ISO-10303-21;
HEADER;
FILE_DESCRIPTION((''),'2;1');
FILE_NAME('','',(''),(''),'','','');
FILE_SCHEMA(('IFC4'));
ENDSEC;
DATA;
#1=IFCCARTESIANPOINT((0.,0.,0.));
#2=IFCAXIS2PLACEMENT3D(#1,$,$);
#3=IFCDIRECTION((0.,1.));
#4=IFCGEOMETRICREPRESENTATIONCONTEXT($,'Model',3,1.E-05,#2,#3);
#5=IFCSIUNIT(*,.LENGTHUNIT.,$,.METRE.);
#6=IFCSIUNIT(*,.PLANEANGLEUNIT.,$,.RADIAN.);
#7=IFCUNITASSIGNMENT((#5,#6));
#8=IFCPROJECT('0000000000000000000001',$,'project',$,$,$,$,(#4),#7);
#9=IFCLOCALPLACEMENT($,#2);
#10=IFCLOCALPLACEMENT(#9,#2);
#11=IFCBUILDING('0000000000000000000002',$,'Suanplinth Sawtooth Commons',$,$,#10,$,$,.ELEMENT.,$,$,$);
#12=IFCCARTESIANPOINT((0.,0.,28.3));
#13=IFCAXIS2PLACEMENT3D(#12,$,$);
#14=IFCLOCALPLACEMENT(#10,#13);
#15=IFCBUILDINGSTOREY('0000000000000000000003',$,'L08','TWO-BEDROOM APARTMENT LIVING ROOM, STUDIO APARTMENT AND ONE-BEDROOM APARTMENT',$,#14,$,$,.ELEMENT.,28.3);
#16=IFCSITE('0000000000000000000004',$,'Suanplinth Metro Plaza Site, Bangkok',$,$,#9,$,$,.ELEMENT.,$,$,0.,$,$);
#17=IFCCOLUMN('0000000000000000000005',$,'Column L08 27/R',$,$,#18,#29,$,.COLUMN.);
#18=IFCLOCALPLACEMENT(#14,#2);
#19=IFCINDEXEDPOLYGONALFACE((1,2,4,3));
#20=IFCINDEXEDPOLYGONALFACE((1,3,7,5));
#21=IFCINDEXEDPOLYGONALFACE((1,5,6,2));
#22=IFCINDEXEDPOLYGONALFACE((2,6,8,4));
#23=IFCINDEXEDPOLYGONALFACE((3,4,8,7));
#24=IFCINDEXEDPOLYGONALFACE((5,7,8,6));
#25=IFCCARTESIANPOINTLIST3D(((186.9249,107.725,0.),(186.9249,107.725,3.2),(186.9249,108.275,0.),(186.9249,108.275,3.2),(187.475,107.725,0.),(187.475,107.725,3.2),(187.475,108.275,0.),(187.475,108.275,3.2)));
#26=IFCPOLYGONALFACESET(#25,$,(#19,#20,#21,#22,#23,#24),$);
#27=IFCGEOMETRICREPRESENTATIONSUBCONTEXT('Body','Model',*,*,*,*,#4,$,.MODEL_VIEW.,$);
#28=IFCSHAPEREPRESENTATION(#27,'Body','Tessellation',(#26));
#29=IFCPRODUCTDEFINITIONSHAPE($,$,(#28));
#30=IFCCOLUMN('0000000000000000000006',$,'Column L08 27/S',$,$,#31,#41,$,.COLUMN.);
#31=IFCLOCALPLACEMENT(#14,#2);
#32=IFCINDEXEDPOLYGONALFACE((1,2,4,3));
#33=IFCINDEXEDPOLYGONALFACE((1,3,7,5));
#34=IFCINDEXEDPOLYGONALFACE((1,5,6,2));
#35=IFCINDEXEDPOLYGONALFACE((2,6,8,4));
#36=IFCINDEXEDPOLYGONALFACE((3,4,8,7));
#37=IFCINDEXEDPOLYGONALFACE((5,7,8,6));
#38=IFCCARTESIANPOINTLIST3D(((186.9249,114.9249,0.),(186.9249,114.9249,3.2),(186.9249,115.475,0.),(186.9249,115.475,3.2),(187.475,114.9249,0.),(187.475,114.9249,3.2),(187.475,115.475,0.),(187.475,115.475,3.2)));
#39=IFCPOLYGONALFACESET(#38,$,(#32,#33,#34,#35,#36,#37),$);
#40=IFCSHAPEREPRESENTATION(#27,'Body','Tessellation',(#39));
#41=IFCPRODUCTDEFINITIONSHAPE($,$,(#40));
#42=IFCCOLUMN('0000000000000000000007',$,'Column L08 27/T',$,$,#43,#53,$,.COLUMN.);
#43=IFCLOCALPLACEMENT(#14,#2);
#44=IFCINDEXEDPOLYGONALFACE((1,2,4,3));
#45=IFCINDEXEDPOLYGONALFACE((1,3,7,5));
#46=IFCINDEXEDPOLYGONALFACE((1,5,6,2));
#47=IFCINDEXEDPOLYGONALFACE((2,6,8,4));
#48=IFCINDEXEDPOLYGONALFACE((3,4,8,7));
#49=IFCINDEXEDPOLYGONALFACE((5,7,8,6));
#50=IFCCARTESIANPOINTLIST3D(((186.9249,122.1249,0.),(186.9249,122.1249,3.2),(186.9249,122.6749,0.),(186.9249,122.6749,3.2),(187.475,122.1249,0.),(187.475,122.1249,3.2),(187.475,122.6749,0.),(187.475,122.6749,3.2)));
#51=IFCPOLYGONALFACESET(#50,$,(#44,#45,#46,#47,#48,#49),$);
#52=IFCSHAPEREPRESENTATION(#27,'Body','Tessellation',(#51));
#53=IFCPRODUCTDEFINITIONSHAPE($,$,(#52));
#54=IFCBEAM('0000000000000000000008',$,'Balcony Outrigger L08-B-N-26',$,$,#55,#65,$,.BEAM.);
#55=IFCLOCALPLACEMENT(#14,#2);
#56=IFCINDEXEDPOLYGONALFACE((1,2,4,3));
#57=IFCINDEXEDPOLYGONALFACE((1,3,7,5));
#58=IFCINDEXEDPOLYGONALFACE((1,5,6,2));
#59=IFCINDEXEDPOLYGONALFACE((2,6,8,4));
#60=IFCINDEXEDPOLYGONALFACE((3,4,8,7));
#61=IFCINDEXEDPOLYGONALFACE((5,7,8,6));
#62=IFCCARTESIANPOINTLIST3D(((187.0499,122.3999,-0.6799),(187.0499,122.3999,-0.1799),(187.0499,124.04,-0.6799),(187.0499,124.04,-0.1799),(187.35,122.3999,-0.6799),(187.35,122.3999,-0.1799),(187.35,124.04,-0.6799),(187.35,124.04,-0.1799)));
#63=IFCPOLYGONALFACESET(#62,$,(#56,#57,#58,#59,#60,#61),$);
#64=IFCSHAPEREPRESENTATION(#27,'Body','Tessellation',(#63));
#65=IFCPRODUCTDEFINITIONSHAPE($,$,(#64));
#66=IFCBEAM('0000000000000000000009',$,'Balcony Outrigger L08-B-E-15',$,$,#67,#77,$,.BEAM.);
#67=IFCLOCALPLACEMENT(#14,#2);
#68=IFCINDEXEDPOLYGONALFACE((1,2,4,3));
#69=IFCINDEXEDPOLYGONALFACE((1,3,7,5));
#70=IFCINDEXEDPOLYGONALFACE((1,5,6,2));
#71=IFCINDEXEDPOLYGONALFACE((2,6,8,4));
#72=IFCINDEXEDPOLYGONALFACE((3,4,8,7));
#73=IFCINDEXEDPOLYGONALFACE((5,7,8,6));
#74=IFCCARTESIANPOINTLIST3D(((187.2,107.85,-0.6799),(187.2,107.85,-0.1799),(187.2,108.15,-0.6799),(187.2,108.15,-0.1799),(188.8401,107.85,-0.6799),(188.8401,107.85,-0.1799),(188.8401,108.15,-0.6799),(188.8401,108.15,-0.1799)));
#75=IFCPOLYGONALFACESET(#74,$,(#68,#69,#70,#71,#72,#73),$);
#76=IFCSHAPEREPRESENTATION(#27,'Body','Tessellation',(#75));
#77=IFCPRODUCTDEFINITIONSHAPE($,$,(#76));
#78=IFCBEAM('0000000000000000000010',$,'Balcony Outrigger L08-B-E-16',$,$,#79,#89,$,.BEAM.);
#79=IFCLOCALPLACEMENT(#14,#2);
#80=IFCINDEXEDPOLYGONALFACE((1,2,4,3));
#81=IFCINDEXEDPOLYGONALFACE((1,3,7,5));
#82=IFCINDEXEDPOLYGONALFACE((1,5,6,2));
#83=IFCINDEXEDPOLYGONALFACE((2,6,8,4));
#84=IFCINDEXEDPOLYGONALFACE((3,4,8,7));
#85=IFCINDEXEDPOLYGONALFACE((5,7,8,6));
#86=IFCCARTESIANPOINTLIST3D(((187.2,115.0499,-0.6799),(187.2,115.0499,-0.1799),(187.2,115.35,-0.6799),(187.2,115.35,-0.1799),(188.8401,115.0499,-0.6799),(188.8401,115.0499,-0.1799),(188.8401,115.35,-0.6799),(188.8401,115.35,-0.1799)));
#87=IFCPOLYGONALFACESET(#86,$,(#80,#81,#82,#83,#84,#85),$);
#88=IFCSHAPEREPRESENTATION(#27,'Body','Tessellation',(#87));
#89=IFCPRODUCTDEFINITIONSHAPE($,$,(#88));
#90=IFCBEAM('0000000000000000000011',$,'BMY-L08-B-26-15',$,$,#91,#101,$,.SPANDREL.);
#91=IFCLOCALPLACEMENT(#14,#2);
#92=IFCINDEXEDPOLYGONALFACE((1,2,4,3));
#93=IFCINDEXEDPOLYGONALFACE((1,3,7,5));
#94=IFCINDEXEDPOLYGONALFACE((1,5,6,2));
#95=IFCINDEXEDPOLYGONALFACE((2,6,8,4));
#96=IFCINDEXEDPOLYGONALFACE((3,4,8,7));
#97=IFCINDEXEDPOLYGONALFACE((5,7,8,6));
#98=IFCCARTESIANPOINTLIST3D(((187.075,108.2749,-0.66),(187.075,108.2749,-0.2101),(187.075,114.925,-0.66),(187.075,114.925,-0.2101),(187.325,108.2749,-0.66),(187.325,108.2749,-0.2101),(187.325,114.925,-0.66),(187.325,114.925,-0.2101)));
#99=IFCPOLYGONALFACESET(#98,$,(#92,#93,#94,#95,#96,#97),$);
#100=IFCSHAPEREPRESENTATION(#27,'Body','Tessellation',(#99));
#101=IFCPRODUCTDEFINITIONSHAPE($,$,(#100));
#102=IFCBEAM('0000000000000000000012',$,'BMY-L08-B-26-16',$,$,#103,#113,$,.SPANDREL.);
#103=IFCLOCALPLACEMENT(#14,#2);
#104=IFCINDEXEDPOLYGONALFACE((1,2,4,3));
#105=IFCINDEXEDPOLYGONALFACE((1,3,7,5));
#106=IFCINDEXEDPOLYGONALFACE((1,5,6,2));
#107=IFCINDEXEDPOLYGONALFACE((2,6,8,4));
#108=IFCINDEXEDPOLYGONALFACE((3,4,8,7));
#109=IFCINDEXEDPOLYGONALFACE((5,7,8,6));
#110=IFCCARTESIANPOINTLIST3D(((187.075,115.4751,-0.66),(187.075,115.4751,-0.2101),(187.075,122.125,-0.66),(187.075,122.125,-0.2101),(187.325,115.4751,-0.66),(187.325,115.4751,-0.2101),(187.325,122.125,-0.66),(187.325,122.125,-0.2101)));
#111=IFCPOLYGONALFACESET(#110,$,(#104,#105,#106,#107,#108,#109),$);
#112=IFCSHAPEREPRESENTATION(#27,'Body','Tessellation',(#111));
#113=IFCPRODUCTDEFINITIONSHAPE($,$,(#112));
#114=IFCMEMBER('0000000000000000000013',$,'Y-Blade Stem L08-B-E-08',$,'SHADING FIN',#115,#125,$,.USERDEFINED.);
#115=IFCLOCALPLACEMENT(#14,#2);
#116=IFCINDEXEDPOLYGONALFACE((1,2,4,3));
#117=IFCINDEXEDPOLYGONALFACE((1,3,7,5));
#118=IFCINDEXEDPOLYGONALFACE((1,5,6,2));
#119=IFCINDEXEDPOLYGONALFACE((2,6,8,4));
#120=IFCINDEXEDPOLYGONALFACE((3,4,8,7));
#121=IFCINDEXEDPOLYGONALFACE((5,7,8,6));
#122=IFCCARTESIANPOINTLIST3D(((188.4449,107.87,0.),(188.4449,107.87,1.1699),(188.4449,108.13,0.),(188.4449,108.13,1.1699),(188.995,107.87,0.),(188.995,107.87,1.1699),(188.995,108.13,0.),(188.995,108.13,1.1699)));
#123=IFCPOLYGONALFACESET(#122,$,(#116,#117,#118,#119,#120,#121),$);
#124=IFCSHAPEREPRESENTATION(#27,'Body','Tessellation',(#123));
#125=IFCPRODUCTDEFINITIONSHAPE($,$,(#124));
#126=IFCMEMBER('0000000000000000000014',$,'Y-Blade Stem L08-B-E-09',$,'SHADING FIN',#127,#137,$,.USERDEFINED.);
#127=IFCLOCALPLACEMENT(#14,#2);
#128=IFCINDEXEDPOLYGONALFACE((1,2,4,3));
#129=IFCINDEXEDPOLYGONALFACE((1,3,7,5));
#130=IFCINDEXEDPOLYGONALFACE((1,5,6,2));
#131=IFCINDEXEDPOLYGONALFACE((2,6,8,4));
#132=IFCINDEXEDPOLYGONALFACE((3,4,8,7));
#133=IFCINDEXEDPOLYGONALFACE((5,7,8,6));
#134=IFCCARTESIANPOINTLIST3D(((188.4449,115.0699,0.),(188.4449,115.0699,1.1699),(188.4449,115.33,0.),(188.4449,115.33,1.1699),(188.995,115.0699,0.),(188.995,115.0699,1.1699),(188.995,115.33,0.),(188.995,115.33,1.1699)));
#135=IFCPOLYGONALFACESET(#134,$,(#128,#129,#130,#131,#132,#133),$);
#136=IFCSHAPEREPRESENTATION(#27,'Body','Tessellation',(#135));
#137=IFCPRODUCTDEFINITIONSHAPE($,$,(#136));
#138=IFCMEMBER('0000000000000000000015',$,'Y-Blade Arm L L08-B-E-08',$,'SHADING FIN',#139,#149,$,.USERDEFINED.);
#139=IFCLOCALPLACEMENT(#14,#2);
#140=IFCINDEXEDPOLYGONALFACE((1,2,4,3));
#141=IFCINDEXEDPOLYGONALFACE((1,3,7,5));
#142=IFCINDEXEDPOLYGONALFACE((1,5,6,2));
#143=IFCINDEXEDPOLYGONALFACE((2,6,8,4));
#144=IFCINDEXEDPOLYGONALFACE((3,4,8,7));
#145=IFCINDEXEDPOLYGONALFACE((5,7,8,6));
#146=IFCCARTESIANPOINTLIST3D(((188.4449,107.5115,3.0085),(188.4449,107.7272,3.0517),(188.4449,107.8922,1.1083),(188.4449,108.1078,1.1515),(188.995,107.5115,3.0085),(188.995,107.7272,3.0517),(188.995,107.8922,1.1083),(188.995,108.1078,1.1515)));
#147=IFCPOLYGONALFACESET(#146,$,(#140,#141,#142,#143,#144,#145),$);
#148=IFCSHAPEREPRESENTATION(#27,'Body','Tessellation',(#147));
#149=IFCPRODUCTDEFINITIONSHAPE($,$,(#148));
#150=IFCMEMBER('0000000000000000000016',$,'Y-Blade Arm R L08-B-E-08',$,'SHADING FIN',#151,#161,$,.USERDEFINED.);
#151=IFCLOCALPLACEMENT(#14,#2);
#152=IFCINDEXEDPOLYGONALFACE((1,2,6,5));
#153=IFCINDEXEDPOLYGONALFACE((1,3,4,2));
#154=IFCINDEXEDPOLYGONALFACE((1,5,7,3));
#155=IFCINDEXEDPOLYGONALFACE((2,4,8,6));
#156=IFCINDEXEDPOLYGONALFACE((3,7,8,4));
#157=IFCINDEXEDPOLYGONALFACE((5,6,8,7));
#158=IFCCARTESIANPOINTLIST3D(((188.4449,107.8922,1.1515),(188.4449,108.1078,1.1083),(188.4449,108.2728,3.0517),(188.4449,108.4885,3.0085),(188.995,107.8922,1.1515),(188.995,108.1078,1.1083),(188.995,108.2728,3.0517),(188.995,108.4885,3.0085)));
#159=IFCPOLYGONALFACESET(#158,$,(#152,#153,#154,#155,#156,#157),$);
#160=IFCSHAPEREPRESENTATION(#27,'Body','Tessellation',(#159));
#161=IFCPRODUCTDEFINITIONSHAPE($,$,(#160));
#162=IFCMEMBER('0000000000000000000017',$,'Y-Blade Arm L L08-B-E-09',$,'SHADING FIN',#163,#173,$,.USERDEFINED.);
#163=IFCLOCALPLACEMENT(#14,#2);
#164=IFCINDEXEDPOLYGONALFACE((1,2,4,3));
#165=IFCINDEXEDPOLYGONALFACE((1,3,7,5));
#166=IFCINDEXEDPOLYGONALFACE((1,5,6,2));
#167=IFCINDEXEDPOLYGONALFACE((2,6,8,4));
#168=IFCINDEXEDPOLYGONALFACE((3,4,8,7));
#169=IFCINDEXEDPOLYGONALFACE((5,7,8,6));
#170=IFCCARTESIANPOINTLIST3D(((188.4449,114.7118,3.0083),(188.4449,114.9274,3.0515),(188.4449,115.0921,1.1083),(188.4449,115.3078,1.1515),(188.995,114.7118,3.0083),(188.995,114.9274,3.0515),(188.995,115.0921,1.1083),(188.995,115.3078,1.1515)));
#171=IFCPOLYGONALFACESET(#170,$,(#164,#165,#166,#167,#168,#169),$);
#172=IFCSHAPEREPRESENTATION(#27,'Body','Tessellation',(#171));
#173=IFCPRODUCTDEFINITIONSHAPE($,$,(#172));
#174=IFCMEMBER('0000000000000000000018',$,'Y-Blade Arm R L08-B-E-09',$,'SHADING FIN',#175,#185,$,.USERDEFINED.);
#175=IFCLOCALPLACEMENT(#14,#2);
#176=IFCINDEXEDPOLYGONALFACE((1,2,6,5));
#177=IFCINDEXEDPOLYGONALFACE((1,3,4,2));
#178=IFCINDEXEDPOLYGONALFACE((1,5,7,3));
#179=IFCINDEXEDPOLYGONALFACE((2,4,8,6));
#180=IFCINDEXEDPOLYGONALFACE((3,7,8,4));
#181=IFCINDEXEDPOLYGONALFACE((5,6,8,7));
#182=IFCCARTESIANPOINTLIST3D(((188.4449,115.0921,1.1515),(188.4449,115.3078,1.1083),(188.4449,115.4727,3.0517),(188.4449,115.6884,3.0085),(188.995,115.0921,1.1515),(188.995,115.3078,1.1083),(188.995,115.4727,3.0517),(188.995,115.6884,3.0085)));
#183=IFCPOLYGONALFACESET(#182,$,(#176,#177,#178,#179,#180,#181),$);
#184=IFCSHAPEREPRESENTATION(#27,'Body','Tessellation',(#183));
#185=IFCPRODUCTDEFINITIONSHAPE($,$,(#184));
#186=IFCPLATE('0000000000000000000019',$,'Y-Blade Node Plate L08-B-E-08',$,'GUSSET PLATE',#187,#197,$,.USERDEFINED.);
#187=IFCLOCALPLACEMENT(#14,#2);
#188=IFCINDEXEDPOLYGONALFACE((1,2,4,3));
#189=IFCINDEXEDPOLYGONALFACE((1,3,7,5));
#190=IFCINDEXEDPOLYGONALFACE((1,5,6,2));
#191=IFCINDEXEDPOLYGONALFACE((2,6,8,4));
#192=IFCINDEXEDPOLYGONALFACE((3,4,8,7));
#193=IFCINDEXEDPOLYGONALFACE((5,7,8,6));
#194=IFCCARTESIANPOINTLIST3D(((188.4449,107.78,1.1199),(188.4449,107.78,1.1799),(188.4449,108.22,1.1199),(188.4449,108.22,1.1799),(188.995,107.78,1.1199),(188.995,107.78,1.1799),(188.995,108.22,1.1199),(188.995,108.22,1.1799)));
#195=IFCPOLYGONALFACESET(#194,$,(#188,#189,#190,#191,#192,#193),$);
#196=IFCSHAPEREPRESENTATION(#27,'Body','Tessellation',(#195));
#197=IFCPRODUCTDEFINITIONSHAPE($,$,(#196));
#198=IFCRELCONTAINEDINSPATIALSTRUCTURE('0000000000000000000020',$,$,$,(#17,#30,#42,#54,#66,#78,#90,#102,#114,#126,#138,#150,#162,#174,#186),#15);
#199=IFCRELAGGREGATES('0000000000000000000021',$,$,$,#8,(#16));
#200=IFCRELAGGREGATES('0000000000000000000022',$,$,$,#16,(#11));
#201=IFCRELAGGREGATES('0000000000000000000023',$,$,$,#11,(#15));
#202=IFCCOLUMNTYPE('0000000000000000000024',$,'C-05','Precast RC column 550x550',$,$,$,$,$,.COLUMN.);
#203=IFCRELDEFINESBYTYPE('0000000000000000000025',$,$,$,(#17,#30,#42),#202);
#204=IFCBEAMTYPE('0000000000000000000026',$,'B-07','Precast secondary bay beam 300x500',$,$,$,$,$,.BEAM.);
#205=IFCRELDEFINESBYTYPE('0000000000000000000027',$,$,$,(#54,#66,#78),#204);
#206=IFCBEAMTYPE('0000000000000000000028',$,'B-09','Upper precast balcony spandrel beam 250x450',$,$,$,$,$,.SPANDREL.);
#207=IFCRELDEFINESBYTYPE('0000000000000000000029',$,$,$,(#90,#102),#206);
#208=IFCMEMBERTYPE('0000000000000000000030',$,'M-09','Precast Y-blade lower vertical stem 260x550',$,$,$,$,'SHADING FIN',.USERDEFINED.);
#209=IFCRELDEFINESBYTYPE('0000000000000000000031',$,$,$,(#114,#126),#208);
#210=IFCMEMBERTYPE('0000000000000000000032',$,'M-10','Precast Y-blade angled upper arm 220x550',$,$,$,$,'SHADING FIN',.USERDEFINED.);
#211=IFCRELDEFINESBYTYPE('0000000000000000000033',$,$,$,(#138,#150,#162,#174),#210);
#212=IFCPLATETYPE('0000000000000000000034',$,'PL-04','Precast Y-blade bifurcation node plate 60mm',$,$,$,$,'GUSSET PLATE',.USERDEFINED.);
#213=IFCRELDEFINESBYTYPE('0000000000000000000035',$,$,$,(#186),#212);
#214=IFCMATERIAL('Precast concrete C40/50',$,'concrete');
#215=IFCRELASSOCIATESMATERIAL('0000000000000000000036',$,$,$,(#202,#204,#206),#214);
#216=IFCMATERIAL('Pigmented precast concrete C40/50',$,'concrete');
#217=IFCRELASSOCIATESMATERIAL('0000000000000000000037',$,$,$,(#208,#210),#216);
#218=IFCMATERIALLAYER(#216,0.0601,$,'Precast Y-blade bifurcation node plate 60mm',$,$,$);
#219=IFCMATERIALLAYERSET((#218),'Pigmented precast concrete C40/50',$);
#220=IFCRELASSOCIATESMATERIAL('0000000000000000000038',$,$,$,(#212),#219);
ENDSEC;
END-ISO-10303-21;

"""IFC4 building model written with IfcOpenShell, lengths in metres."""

from ifc_helpers import new_model, si_unit, direction, frame, origin, origin_2d, place, context, subcontext, project, spatial, rectangle, extrude, material, layer, layer_set, material_profile, profile_set, type_object, element, save


model = new_model("IFC4")

# Units and contexts
model_context = context("Model", 3, precision=1e-05, world=origin(), true_north=direction((0.0, 1.0)))
body_context = subcontext(model_context, "Body", "Model", "MODEL_VIEW")
ifc_project = project(units=[si_unit("LENGTHUNIT", "METRE"), si_unit("PLANEANGLEUNIT", "RADIAN")], contexts=[model_context])

# Site, building, storey
site_placement = place(None, origin())
site = spatial("IfcSite", under=ifc_project, at=site_placement, Name="Suanplinth Metro Plaza Site, Bangkok", CompositionType="ELEMENT", RefElevation=0.0)
building_placement = place(site_placement, origin())
building = spatial("IfcBuilding", under=site, at=building_placement, Name="Suanplinth Sawtooth Commons", CompositionType="ELEMENT")
storey_placement = place(building_placement, frame((0.0, 0.0, 28.3)))
storey = spatial("IfcBuildingStorey", under=building, at=storey_placement, Name="L08", Description="TWO-BEDROOM APARTMENT LIVING ROOM, STUDIO APARTMENT AND ONE-BEDROOM APARTMENT", CompositionType="ELEMENT", Elevation=28.3)

# Columns
ifc_material_1 = material(Name="Precast concrete C40/50", Category="concrete")
ifc_material_profile_1 = material_profile(ifc_material_1, rectangle(XDim=0.55, YDim=0.55, at=origin_2d()), Name="PC-COL 550x550")
ifc_profile_set_1 = profile_set([ifc_material_profile_1], Name="Precast concrete C40/50")
column_type = type_object("IfcColumnType", Name="C-05", Description="Precast RC column 550x550", PredefinedType="COLUMN", material=ifc_profile_set_1)
for number, where, z_axis, x_axis, name in (
    (1, (187.2, 108.0, 0.0), (0.0, 0.0, 1.0), (1.0, 0.0, 0.0), "Column L08 27/R"),
    (2, (187.2, 115.2, 0.0), (0.0, 0.0, 1.0), (1.0, 0.0, 0.0), "Column L08 27/S"),
    (3, (187.2, 122.3999, 0.0), (0.0, 0.0, 1.0), (1.0, 0.0, 0.0), "Column L08 27/T"),
):
    element("IfcColumn", number, at=place(storey_placement, frame(where, z_axis=z_axis, x_axis=x_axis)), inside=storey, type_object=column_type, Name=name, PredefinedType="COLUMN", context=body_context, shape_type="SweptSolid", body=[
        extrude(rectangle(XDim=0.55, YDim=0.55, at=origin_2d()), origin(), (0.0, 0.0, 1.0), 3.2),
    ])

# Beams
ifc_material_profile_2 = material_profile(ifc_material_1, rectangle(XDim=0.3, YDim=0.5, at=origin_2d()), Name="PC-BM 300x500")
ifc_profile_set_2 = profile_set([ifc_material_profile_2], Name="Precast concrete C40/50")
beam_type_1 = type_object("IfcBeamType", Name="B-07", Description="Precast secondary bay beam 300x500", PredefinedType="BEAM", material=ifc_profile_set_2)
for number, where, z_axis, x_axis, name in (
    (4, (187.2, 122.3999, -0.4299), (0.0, 1.0, 0.0), (-1.0, 0.0, 0.0), "Balcony Outrigger L08-B-N-26"),
    (5, (187.2, 108.0, -0.4299), (1.0, 0.0, 0.0), (0.0, 1.0, 0.0), "Balcony Outrigger L08-B-E-15"),
    (6, (187.2, 115.2, -0.4299), (1.0, 0.0, 0.0), (0.0, 1.0, 0.0), "Balcony Outrigger L08-B-E-16"),
):
    element("IfcBeam", number, at=place(storey_placement, frame(where, z_axis=z_axis, x_axis=x_axis)), inside=storey, type_object=beam_type_1, Name=name, PredefinedType="BEAM", context=body_context, shape_type="SweptSolid", body=[
        extrude(rectangle(XDim=0.3, YDim=0.5, at=origin_2d()), origin(), (0.0, 0.0, 1.0), 1.6401),
    ])
ifc_material_profile_3 = material_profile(ifc_material_1, rectangle(XDim=0.25, YDim=0.45, at=origin_2d()), Name="PC-SP 250x450")
ifc_profile_set_3 = profile_set([ifc_material_profile_3], Name="Precast concrete C40/50")
beam_type_2 = type_object("IfcBeamType", Name="B-09", Description="Upper precast balcony spandrel beam 250x450", PredefinedType="SPANDREL", material=ifc_profile_set_3)
beam_1_placement = place(storey_placement, frame((187.2, 108.2749, -0.4351), z_axis=(0.0, 1.0, 0.0), x_axis=(-1.0, 0.0, 0.0)))
element("IfcBeam", 7, at=beam_1_placement, inside=storey, type_object=beam_type_2, Name="BMY-L08-B-26-15", PredefinedType="SPANDREL", context=body_context, shape_type="SweptSolid", body=[
    extrude(rectangle(XDim=0.25, YDim=0.45, at=origin_2d()), origin(), (0.0, 0.0, 1.0), 6.6501),
])
beam_2_placement = place(storey_placement, frame((187.2, 115.4751, -0.4351), z_axis=(0.0, 1.0, 0.0), x_axis=(-1.0, 0.0, 0.0)))
element("IfcBeam", 8, at=beam_2_placement, inside=storey, type_object=beam_type_2, Name="BMY-L08-B-26-16", PredefinedType="SPANDREL", context=body_context, shape_type="SweptSolid", body=[
    extrude(rectangle(XDim=0.25, YDim=0.45, at=origin_2d()), origin(), (0.0, 0.0, 1.0), 6.6499),
])

# Members
ifc_material_2 = material(Name="Pigmented precast concrete C40/50", Category="concrete")
ifc_material_profile_4 = material_profile(ifc_material_2, rectangle(XDim=0.26, YDim=0.55, at=origin_2d()), Name="PC-FIN 260x550")
ifc_profile_set_4 = profile_set([ifc_material_profile_4], Name="Pigmented precast concrete C40/50")
member_type_1 = type_object("IfcMemberType", Name="M-09", Description="Precast Y-blade lower vertical stem 260x550", ElementType="SHADING FIN", PredefinedType="USERDEFINED", material=ifc_profile_set_4)
for number, where, z_axis, x_axis, name in (
    (9, (188.72, 108.0, 0.0), (0.0, 0.0, 1.0), (0.0, 1.0, 0.0), "Y-Blade Stem L08-B-E-08"),
    (10, (188.72, 115.2, 0.0), (0.0, 0.0, 1.0), (0.0, 1.0, 0.0), "Y-Blade Stem L08-B-E-09"),
):
    element("IfcMember", number, at=place(storey_placement, frame(where, z_axis=z_axis, x_axis=x_axis)), inside=storey, type_object=member_type_1, Name=name, ObjectType="SHADING FIN", PredefinedType="USERDEFINED", context=body_context, shape_type="SweptSolid", body=[
        extrude(rectangle(XDim=0.26, YDim=0.55, at=origin_2d()), origin(), (0.0, 0.0, 1.0), 1.1699),
    ])
ifc_material_profile_5 = material_profile(ifc_material_2, rectangle(XDim=0.22, YDim=0.55, at=origin_2d()), Name="PC-FIN 220x550")
ifc_profile_set_5 = profile_set([ifc_material_profile_5], Name="Pigmented precast concrete C40/50")
member_type_2 = type_object("IfcMemberType", Name="M-10", Description="Precast Y-blade angled upper arm 220x550", ElementType="SHADING FIN", PredefinedType="USERDEFINED", material=ifc_profile_set_5)
for number, where, z_axis, x_axis, name in (
    (11, (188.72, 108.0, 1.1299), (0.0, -0.196407, 0.980522), (0.0, 0.980522, 0.196407), "Y-Blade Arm L L08-B-E-08"),
    (12, (188.72, 108.0, 1.1299), (0.0, 0.196407, 0.980522), (0.0, -0.980522, 0.196407), "Y-Blade Arm R L08-B-E-08"),
):
    element("IfcMember", number, at=place(storey_placement, frame(where, z_axis=z_axis, x_axis=x_axis)), inside=storey, type_object=member_type_2, Name=name, ObjectType="SHADING FIN", PredefinedType="USERDEFINED", context=body_context, shape_type="SweptSolid", body=[
        extrude(rectangle(XDim=0.22, YDim=0.55, at=origin_2d()), origin(), (0.0, 0.0, 1.0), 1.938),
    ])
member_1_placement = place(storey_placement, frame((188.72, 115.2, 1.1299), z_axis=(0.0, -0.196286, 0.980547), x_axis=(0.0, 0.980547, 0.196286)))
element("IfcMember", 13, at=member_1_placement, inside=storey, type_object=member_type_2, Name="Y-Blade Arm L L08-B-E-09", ObjectType="SHADING FIN", PredefinedType="USERDEFINED", context=body_context, shape_type="SweptSolid", body=[
    extrude(rectangle(XDim=0.22, YDim=0.55, at=origin_2d()), origin(), (0.0, 0.0, 1.0), 1.9377),
])
member_2_placement = place(storey_placement, frame((188.72, 115.2, 1.1299), z_axis=(0.0, 0.196407, 0.980522), x_axis=(0.0, -0.980522, 0.196407)))
element("IfcMember", 14, at=member_2_placement, inside=storey, type_object=member_type_2, Name="Y-Blade Arm R L08-B-E-09", ObjectType="SHADING FIN", PredefinedType="USERDEFINED", context=body_context, shape_type="SweptSolid", body=[
    extrude(rectangle(XDim=0.22, YDim=0.55, at=origin_2d()), origin(), (0.0, 0.0, 1.0), 1.938),
])

# Plate
ifc_layer_1 = layer(ifc_material_2, 0.0601, Name="Precast Y-blade bifurcation node plate 60mm")
ifc_layer_set_1 = layer_set([ifc_layer_1], Name="Pigmented precast concrete C40/50")
plate_type = type_object("IfcPlateType", Name="PL-04", Description="Precast Y-blade bifurcation node plate 60mm", ElementType="GUSSET PLATE", PredefinedType="USERDEFINED", material=ifc_layer_set_1)
for number, where, z_axis, x_axis, name in (
    (15, (188.72, 108.0, 1.1199), (0.0, 0.0, 1.0), (0.0, 1.0, 0.0), "Y-Blade Node Plate L08-B-E-08"),
):
    element("IfcPlate", number, at=place(storey_placement, frame(where, z_axis=z_axis, x_axis=x_axis)), inside=storey, type_object=plate_type, Name=name, ObjectType="GUSSET PLATE", PredefinedType="USERDEFINED", context=body_context, shape_type="SweptSolid", body=[
        extrude(rectangle(XDim=0.4399, YDim=0.55, at=origin_2d()), origin(), (0.0, 0.0, 1.0), 0.0601),
    ])

save(model, "model.ifc")
